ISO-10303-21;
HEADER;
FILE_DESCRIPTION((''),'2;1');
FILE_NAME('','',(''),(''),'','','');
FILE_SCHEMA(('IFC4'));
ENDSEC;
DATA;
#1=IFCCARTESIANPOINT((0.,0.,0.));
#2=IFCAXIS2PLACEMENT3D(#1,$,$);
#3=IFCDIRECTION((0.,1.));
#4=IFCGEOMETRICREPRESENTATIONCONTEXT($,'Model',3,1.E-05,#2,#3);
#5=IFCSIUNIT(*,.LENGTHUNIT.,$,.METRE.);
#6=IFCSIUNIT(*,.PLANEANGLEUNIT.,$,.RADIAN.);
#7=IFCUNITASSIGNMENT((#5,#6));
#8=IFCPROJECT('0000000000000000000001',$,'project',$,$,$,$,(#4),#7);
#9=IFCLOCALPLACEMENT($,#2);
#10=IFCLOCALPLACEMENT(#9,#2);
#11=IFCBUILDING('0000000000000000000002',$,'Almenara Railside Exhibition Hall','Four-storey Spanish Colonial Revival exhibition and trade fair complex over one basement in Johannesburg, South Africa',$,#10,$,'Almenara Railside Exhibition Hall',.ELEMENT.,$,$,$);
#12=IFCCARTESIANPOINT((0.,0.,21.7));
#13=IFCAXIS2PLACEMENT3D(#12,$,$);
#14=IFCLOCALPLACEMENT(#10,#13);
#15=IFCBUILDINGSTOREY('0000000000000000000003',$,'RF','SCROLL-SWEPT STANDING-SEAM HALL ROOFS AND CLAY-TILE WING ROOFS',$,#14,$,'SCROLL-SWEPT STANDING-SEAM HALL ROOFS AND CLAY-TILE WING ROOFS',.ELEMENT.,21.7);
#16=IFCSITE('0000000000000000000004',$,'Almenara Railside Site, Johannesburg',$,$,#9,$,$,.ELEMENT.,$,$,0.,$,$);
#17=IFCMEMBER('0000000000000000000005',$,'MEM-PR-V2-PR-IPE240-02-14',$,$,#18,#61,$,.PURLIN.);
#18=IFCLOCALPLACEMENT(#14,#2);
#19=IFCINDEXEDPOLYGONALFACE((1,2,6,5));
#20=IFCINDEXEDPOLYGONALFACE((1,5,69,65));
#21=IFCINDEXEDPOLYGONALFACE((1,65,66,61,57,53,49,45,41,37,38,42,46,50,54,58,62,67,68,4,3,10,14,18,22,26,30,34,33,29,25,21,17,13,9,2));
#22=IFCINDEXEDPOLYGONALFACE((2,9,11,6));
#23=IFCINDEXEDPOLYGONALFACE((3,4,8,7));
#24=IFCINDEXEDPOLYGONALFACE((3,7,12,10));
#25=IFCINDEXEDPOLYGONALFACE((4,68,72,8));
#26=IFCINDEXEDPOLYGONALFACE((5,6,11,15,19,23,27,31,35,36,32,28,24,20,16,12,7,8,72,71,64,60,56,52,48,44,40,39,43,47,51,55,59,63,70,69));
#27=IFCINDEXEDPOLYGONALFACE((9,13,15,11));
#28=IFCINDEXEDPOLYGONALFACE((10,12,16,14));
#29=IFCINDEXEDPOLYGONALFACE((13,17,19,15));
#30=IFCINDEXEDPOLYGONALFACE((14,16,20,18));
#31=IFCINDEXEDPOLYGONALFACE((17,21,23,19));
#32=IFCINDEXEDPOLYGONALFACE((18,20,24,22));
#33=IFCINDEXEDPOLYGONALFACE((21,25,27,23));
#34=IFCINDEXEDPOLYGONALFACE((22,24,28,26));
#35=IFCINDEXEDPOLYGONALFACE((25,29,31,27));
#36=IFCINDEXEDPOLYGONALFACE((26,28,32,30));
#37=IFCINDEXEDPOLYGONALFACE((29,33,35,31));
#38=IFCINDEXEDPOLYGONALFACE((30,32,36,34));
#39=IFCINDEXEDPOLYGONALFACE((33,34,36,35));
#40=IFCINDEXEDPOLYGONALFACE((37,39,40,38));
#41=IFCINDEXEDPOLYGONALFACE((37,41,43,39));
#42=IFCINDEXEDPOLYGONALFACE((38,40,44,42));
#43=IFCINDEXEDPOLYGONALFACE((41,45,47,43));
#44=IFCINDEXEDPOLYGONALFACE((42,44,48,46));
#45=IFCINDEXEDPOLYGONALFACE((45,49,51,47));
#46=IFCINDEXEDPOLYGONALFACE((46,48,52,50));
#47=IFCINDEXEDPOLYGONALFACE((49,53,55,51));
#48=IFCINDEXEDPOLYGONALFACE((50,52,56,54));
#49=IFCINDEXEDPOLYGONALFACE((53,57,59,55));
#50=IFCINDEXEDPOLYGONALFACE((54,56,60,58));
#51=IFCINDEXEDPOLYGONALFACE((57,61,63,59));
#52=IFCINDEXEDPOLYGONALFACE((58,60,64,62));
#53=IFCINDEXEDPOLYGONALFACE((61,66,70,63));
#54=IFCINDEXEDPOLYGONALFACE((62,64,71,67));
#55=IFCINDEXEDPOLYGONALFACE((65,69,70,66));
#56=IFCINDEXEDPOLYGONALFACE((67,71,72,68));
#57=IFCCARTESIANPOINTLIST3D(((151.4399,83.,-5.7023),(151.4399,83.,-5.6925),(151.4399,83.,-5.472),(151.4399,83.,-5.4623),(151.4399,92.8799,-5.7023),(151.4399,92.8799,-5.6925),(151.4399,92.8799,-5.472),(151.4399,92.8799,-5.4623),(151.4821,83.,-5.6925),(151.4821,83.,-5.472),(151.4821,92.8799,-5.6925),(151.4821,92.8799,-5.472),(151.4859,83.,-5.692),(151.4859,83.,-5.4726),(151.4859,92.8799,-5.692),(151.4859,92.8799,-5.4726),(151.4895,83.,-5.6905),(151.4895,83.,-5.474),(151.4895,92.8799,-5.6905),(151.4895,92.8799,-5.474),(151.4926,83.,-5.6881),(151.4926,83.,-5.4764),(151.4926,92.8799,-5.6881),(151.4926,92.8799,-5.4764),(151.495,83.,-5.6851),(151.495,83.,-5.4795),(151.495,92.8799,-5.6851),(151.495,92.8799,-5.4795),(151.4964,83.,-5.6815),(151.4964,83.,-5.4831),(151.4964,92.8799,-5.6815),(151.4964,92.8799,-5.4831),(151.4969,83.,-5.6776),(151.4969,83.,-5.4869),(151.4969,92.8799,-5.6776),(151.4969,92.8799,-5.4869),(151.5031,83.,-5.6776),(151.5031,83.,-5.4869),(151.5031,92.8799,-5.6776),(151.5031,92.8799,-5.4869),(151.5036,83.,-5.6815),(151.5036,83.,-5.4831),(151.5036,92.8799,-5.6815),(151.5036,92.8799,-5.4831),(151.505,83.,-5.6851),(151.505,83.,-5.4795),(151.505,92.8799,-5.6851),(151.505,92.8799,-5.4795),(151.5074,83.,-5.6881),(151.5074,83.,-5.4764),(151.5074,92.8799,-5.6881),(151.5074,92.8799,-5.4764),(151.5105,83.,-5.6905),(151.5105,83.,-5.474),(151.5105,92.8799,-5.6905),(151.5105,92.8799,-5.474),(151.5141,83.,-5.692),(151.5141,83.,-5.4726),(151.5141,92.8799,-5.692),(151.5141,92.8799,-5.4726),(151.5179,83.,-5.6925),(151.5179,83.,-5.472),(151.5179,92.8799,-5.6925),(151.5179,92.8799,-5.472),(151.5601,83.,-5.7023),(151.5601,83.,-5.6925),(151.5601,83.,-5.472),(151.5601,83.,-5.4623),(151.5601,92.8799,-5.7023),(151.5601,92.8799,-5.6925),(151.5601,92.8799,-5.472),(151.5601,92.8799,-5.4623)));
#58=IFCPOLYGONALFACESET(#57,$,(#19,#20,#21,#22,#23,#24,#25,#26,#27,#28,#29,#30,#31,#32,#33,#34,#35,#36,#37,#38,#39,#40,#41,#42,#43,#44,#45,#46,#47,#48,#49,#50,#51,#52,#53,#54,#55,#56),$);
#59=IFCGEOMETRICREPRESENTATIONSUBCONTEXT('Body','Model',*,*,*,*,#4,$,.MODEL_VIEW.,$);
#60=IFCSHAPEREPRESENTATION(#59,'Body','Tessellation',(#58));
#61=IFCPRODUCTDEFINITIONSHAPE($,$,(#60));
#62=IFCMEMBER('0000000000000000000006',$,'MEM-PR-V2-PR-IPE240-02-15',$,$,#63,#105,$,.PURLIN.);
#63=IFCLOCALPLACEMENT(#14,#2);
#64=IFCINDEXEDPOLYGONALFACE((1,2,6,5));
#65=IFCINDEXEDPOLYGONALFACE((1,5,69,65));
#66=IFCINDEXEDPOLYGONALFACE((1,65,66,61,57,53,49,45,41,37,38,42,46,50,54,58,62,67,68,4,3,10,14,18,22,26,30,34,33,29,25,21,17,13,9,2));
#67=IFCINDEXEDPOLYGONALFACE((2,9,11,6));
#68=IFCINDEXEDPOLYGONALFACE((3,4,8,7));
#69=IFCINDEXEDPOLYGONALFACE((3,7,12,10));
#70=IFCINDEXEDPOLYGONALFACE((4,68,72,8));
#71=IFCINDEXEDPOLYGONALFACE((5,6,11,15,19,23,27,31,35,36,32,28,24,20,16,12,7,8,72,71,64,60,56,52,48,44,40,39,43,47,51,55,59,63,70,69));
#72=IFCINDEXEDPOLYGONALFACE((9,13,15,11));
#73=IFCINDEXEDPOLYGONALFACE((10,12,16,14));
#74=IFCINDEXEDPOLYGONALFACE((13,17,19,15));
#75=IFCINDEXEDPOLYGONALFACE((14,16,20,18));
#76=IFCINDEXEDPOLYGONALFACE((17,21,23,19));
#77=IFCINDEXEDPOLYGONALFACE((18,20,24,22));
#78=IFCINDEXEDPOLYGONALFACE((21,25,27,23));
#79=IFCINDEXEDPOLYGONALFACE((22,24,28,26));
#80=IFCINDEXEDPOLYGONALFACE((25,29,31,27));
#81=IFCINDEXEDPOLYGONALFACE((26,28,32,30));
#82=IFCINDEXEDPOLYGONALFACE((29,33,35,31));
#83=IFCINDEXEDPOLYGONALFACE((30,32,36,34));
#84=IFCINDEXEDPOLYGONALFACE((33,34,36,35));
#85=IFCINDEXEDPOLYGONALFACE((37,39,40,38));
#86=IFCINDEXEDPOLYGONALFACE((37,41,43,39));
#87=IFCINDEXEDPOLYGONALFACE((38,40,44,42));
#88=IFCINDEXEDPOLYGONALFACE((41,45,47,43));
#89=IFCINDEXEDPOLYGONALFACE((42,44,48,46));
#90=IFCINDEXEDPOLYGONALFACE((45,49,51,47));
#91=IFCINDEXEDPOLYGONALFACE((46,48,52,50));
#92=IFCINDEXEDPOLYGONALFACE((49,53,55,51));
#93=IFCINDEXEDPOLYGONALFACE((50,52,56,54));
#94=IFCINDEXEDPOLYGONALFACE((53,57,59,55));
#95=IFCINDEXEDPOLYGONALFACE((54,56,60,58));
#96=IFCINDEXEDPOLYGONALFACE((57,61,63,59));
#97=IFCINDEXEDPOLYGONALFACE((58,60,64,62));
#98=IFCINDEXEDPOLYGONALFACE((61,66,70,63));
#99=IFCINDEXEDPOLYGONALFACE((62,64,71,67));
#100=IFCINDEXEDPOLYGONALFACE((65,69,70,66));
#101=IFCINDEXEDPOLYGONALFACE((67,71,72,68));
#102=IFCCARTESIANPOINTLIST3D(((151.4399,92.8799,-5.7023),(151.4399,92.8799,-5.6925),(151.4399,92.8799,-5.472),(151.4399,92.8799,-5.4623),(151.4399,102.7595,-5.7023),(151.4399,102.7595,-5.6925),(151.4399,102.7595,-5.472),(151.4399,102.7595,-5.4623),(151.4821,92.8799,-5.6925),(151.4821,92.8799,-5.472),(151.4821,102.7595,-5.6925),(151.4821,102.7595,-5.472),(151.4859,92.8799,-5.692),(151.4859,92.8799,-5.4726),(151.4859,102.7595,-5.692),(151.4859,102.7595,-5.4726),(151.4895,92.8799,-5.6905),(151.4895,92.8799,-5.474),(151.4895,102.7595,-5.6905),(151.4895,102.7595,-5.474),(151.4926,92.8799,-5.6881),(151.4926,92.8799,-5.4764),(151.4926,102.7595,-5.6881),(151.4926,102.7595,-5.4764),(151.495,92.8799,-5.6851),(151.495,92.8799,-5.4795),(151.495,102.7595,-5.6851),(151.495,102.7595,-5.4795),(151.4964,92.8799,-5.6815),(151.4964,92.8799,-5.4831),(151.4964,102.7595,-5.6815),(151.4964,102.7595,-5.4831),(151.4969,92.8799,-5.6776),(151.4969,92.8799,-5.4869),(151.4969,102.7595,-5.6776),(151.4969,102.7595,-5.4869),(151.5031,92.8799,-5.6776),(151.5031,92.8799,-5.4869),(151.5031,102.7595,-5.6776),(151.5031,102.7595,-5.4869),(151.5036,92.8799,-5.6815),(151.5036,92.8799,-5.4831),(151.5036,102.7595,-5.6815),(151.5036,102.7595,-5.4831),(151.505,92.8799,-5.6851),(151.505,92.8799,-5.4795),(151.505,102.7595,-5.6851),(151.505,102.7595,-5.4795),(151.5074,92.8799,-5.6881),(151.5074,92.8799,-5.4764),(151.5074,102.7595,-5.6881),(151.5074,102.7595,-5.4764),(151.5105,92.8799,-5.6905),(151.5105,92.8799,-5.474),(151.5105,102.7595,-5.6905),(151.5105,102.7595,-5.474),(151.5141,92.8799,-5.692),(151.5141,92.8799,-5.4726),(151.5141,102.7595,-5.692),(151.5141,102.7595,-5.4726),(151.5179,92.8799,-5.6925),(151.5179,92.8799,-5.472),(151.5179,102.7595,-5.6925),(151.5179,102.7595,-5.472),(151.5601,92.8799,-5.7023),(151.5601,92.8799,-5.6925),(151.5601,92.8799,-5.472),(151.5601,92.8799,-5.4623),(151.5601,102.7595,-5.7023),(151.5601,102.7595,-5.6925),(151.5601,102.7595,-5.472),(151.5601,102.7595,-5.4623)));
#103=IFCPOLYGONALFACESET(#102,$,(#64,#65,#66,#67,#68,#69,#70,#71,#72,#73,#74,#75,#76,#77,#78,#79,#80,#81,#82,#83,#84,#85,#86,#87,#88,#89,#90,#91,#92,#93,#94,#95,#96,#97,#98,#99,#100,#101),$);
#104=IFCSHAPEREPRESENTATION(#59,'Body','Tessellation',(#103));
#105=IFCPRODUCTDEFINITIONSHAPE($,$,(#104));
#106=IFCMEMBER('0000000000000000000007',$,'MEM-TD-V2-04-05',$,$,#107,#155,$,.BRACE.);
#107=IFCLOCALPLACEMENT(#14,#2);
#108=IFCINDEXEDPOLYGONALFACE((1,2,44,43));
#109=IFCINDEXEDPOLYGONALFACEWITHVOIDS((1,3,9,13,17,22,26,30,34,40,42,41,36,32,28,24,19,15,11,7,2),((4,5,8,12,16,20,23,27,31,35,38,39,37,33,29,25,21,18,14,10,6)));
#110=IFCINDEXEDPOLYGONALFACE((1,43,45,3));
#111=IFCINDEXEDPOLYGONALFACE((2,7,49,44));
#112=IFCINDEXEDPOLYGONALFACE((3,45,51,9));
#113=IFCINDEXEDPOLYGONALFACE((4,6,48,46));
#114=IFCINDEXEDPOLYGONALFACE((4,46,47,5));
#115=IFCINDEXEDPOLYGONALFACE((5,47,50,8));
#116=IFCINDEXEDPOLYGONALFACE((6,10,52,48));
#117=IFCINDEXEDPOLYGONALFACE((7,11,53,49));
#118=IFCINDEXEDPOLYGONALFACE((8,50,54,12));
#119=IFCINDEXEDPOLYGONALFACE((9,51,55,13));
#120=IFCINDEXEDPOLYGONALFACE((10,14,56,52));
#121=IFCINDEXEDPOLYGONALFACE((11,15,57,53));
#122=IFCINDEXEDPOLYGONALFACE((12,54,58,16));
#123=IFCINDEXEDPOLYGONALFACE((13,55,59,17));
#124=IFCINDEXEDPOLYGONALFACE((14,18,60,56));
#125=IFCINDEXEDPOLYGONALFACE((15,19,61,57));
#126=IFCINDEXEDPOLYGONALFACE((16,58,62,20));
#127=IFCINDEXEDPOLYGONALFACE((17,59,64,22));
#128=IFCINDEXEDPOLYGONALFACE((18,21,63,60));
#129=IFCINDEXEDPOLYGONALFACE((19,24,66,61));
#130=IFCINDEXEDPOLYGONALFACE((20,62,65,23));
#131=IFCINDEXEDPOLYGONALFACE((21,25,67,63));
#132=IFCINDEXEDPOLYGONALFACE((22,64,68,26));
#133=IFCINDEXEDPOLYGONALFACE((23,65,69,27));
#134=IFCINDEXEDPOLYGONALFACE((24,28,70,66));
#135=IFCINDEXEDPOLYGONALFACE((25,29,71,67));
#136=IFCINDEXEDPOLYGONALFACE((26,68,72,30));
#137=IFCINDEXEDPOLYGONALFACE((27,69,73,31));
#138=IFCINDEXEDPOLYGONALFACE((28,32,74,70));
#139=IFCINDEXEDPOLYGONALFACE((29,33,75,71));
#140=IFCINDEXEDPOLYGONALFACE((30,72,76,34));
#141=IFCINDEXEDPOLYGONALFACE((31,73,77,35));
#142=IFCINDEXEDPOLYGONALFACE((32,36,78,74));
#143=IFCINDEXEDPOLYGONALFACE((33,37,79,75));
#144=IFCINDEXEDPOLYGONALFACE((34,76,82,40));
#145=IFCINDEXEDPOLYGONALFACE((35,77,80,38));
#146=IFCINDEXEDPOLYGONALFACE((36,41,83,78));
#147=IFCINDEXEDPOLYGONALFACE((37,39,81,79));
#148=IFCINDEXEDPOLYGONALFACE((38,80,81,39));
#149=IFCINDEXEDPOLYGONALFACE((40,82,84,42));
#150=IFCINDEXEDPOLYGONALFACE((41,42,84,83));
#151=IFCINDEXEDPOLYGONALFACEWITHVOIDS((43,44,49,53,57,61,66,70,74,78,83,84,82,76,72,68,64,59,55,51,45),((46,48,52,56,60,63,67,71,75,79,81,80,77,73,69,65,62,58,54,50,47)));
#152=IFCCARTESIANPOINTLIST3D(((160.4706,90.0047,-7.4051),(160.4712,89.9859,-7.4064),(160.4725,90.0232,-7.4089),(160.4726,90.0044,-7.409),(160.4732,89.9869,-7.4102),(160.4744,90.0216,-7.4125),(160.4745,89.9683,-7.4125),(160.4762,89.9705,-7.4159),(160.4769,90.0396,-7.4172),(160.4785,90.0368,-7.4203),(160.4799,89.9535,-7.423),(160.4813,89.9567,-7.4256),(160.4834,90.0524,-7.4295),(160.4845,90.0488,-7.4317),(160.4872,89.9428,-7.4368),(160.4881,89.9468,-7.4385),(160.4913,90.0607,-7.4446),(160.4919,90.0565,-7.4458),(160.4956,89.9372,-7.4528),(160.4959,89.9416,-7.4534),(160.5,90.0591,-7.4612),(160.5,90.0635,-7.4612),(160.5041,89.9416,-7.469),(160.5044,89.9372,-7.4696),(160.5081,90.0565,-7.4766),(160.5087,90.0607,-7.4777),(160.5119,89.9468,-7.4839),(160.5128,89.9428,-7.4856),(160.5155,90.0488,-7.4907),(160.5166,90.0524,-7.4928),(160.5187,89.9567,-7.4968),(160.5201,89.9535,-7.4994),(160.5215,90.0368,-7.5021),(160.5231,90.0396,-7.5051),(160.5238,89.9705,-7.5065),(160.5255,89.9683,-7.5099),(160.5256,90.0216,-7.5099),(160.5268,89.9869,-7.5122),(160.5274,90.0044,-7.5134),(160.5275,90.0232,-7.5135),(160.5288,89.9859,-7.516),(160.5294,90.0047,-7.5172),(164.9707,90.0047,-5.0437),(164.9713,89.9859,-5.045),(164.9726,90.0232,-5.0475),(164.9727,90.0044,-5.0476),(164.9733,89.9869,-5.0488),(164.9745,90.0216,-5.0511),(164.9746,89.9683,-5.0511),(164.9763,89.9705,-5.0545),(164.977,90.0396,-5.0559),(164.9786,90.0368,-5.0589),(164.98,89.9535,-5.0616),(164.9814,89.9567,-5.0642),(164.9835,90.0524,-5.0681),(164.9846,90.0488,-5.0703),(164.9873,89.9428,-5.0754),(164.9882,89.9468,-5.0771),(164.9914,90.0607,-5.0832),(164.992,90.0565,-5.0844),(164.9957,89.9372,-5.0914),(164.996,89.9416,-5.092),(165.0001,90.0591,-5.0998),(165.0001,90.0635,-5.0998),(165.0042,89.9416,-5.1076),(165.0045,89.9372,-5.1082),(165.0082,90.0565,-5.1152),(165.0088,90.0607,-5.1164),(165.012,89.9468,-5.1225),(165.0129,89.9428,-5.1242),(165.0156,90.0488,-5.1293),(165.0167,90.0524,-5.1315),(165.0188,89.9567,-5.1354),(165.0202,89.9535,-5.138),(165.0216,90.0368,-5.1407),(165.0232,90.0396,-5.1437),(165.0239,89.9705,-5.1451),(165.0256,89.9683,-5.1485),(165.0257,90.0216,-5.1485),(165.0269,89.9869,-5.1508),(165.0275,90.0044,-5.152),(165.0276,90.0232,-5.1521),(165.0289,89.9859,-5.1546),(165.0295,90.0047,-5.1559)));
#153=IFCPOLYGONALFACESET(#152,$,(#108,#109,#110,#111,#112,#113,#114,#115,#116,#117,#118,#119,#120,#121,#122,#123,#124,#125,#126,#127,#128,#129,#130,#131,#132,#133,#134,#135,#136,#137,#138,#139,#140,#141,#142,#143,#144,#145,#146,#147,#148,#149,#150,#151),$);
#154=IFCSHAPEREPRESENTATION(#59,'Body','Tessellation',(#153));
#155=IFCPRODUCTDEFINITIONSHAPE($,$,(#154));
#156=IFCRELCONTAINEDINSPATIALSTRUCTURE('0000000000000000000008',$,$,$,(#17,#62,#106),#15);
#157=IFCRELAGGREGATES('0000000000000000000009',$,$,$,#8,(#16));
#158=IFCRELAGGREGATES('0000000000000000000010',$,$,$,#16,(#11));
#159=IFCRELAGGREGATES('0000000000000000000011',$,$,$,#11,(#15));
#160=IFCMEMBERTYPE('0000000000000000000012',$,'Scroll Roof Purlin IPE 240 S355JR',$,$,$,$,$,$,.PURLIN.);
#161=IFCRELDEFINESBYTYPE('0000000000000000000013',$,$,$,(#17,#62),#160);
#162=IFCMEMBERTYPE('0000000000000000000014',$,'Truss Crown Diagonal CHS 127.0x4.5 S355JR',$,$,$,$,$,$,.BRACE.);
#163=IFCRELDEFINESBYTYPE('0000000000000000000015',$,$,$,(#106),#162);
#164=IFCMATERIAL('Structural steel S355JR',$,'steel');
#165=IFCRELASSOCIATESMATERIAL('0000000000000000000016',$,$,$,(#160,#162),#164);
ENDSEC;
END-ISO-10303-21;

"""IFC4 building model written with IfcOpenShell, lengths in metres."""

from ifc_helpers import new_model, si_unit, direction, frame, origin, origin_2d, place, context, subcontext, project, spatial, hollow_circle, i_section, extrude, material, material_profile, profile_set, type_object, element, save


model = new_model("IFC4")

# Units and contexts
model_context = context("Model", 3, precision=1e-05, world=origin(), true_north=direction((0.0, 1.0)))
body_context = subcontext(model_context, "Body", "Model", "MODEL_VIEW")
ifc_project = project(units=[si_unit("LENGTHUNIT", "METRE"), si_unit("PLANEANGLEUNIT", "RADIAN")], contexts=[model_context])

# Site, building, storey
site_placement = place(None, origin())
site = spatial("IfcSite", under=ifc_project, at=site_placement, Name="Almenara Railside Site, Johannesburg", CompositionType="ELEMENT", RefElevation=0.0)
building_placement = place(site_placement, origin())
building = spatial("IfcBuilding", under=site, at=building_placement, Name="Almenara Railside Exhibition Hall", Description="Four-storey Spanish Colonial Revival exhibition and trade fair complex over one basement in Johannesburg, South Africa", LongName="Almenara Railside Exhibition Hall", CompositionType="ELEMENT")
storey_placement = place(building_placement, frame((0.0, 0.0, 21.7)))
storey = spatial("IfcBuildingStorey", under=building, at=storey_placement, Name="RF", Description="SCROLL-SWEPT STANDING-SEAM HALL ROOFS AND CLAY-TILE WING ROOFS", LongName="SCROLL-SWEPT STANDING-SEAM HALL ROOFS AND CLAY-TILE WING ROOFS", CompositionType="ELEMENT", Elevation=21.7)

# Members
ifc_material_1 = material(Name="Structural steel S355JR", Category="steel")
ifc_material_profile_1 = material_profile(ifc_material_1, i_section(OverallWidth=0.1201, OverallDepth=0.24, WebThickness=0.0061, FlangeThickness=0.0098, FilletRadius=0.0149, at=origin_2d()), Name="IPE 240")
ifc_profile_set_1 = profile_set([ifc_material_profile_1], Name="Structural steel S355JR")
member_type_1 = type_object("IfcMemberType", Name="Scroll Roof Purlin IPE 240 S355JR", PredefinedType="PURLIN", material=ifc_profile_set_1)
member_1_placement = place(storey_placement, frame((151.5, 83.0, -5.5823), z_axis=(0.0, 1.0, 0.0), x_axis=(-1.0, 0.0, 0.0)))
element("IfcMember", 1, at=member_1_placement, inside=storey, type_object=member_type_1, Name="MEM-PR-V2-PR-IPE240-02-14", PredefinedType="PURLIN", context=body_context, shape_type="SweptSolid", body=[
    extrude(i_section(OverallWidth=0.1201, OverallDepth=0.24, WebThickness=0.0061, FlangeThickness=0.0098, FilletRadius=0.0149, at=origin_2d()), origin(), (0.0, 0.0, 1.0), 9.8799),
])
member_2_placement = place(storey_placement, frame((151.5, 92.8799, -5.5823), z_axis=(0.0, 1.0, 0.0), x_axis=(-1.0, 0.0, 0.0)))
element("IfcMember", 2, at=member_2_placement, inside=storey, type_object=member_type_1, Name="MEM-PR-V2-PR-IPE240-02-15", PredefinedType="PURLIN", context=body_context, shape_type="SweptSolid", body=[
    extrude(i_section(OverallWidth=0.1201, OverallDepth=0.24, WebThickness=0.0061, FlangeThickness=0.0098, FilletRadius=0.0149, at=origin_2d()), origin(), (0.0, 0.0, 1.0), 9.8796),
])
ifc_material_profile_2 = material_profile(ifc_material_1, hollow_circle(Radius=0.0635, WallThickness=0.0044, at=origin_2d()), Name="CHS 127.0x4.5")
ifc_profile_set_2 = profile_set([ifc_material_profile_2], Name="Structural steel S355JR")
member_type_2 = type_object("IfcMemberType", Name="Truss Crown Diagonal CHS 127.0x4.5 S355JR", PredefinedType="BRACE", material=ifc_profile_set_2)
for number, where, z_axis, x_axis, name in (
    (3, (160.5, 90.0, -7.4612), (0.885493, 0.0, 0.464653), (0.0, 1.0, 0.0), "MEM-TD-V2-04-05"),
):
    element("IfcMember", number, at=place(storey_placement, frame(where, z_axis=z_axis, x_axis=x_axis)), inside=storey, type_object=member_type_2, Name=name, PredefinedType="BRACE", context=body_context, shape_type="SweptSolid", body=[
        extrude(hollow_circle(Radius=0.0635, WallThickness=0.0044, at=origin_2d()), origin(), (0.0, 0.0, 1.0), 5.082),
    ])

save(model, "model.ifc")
